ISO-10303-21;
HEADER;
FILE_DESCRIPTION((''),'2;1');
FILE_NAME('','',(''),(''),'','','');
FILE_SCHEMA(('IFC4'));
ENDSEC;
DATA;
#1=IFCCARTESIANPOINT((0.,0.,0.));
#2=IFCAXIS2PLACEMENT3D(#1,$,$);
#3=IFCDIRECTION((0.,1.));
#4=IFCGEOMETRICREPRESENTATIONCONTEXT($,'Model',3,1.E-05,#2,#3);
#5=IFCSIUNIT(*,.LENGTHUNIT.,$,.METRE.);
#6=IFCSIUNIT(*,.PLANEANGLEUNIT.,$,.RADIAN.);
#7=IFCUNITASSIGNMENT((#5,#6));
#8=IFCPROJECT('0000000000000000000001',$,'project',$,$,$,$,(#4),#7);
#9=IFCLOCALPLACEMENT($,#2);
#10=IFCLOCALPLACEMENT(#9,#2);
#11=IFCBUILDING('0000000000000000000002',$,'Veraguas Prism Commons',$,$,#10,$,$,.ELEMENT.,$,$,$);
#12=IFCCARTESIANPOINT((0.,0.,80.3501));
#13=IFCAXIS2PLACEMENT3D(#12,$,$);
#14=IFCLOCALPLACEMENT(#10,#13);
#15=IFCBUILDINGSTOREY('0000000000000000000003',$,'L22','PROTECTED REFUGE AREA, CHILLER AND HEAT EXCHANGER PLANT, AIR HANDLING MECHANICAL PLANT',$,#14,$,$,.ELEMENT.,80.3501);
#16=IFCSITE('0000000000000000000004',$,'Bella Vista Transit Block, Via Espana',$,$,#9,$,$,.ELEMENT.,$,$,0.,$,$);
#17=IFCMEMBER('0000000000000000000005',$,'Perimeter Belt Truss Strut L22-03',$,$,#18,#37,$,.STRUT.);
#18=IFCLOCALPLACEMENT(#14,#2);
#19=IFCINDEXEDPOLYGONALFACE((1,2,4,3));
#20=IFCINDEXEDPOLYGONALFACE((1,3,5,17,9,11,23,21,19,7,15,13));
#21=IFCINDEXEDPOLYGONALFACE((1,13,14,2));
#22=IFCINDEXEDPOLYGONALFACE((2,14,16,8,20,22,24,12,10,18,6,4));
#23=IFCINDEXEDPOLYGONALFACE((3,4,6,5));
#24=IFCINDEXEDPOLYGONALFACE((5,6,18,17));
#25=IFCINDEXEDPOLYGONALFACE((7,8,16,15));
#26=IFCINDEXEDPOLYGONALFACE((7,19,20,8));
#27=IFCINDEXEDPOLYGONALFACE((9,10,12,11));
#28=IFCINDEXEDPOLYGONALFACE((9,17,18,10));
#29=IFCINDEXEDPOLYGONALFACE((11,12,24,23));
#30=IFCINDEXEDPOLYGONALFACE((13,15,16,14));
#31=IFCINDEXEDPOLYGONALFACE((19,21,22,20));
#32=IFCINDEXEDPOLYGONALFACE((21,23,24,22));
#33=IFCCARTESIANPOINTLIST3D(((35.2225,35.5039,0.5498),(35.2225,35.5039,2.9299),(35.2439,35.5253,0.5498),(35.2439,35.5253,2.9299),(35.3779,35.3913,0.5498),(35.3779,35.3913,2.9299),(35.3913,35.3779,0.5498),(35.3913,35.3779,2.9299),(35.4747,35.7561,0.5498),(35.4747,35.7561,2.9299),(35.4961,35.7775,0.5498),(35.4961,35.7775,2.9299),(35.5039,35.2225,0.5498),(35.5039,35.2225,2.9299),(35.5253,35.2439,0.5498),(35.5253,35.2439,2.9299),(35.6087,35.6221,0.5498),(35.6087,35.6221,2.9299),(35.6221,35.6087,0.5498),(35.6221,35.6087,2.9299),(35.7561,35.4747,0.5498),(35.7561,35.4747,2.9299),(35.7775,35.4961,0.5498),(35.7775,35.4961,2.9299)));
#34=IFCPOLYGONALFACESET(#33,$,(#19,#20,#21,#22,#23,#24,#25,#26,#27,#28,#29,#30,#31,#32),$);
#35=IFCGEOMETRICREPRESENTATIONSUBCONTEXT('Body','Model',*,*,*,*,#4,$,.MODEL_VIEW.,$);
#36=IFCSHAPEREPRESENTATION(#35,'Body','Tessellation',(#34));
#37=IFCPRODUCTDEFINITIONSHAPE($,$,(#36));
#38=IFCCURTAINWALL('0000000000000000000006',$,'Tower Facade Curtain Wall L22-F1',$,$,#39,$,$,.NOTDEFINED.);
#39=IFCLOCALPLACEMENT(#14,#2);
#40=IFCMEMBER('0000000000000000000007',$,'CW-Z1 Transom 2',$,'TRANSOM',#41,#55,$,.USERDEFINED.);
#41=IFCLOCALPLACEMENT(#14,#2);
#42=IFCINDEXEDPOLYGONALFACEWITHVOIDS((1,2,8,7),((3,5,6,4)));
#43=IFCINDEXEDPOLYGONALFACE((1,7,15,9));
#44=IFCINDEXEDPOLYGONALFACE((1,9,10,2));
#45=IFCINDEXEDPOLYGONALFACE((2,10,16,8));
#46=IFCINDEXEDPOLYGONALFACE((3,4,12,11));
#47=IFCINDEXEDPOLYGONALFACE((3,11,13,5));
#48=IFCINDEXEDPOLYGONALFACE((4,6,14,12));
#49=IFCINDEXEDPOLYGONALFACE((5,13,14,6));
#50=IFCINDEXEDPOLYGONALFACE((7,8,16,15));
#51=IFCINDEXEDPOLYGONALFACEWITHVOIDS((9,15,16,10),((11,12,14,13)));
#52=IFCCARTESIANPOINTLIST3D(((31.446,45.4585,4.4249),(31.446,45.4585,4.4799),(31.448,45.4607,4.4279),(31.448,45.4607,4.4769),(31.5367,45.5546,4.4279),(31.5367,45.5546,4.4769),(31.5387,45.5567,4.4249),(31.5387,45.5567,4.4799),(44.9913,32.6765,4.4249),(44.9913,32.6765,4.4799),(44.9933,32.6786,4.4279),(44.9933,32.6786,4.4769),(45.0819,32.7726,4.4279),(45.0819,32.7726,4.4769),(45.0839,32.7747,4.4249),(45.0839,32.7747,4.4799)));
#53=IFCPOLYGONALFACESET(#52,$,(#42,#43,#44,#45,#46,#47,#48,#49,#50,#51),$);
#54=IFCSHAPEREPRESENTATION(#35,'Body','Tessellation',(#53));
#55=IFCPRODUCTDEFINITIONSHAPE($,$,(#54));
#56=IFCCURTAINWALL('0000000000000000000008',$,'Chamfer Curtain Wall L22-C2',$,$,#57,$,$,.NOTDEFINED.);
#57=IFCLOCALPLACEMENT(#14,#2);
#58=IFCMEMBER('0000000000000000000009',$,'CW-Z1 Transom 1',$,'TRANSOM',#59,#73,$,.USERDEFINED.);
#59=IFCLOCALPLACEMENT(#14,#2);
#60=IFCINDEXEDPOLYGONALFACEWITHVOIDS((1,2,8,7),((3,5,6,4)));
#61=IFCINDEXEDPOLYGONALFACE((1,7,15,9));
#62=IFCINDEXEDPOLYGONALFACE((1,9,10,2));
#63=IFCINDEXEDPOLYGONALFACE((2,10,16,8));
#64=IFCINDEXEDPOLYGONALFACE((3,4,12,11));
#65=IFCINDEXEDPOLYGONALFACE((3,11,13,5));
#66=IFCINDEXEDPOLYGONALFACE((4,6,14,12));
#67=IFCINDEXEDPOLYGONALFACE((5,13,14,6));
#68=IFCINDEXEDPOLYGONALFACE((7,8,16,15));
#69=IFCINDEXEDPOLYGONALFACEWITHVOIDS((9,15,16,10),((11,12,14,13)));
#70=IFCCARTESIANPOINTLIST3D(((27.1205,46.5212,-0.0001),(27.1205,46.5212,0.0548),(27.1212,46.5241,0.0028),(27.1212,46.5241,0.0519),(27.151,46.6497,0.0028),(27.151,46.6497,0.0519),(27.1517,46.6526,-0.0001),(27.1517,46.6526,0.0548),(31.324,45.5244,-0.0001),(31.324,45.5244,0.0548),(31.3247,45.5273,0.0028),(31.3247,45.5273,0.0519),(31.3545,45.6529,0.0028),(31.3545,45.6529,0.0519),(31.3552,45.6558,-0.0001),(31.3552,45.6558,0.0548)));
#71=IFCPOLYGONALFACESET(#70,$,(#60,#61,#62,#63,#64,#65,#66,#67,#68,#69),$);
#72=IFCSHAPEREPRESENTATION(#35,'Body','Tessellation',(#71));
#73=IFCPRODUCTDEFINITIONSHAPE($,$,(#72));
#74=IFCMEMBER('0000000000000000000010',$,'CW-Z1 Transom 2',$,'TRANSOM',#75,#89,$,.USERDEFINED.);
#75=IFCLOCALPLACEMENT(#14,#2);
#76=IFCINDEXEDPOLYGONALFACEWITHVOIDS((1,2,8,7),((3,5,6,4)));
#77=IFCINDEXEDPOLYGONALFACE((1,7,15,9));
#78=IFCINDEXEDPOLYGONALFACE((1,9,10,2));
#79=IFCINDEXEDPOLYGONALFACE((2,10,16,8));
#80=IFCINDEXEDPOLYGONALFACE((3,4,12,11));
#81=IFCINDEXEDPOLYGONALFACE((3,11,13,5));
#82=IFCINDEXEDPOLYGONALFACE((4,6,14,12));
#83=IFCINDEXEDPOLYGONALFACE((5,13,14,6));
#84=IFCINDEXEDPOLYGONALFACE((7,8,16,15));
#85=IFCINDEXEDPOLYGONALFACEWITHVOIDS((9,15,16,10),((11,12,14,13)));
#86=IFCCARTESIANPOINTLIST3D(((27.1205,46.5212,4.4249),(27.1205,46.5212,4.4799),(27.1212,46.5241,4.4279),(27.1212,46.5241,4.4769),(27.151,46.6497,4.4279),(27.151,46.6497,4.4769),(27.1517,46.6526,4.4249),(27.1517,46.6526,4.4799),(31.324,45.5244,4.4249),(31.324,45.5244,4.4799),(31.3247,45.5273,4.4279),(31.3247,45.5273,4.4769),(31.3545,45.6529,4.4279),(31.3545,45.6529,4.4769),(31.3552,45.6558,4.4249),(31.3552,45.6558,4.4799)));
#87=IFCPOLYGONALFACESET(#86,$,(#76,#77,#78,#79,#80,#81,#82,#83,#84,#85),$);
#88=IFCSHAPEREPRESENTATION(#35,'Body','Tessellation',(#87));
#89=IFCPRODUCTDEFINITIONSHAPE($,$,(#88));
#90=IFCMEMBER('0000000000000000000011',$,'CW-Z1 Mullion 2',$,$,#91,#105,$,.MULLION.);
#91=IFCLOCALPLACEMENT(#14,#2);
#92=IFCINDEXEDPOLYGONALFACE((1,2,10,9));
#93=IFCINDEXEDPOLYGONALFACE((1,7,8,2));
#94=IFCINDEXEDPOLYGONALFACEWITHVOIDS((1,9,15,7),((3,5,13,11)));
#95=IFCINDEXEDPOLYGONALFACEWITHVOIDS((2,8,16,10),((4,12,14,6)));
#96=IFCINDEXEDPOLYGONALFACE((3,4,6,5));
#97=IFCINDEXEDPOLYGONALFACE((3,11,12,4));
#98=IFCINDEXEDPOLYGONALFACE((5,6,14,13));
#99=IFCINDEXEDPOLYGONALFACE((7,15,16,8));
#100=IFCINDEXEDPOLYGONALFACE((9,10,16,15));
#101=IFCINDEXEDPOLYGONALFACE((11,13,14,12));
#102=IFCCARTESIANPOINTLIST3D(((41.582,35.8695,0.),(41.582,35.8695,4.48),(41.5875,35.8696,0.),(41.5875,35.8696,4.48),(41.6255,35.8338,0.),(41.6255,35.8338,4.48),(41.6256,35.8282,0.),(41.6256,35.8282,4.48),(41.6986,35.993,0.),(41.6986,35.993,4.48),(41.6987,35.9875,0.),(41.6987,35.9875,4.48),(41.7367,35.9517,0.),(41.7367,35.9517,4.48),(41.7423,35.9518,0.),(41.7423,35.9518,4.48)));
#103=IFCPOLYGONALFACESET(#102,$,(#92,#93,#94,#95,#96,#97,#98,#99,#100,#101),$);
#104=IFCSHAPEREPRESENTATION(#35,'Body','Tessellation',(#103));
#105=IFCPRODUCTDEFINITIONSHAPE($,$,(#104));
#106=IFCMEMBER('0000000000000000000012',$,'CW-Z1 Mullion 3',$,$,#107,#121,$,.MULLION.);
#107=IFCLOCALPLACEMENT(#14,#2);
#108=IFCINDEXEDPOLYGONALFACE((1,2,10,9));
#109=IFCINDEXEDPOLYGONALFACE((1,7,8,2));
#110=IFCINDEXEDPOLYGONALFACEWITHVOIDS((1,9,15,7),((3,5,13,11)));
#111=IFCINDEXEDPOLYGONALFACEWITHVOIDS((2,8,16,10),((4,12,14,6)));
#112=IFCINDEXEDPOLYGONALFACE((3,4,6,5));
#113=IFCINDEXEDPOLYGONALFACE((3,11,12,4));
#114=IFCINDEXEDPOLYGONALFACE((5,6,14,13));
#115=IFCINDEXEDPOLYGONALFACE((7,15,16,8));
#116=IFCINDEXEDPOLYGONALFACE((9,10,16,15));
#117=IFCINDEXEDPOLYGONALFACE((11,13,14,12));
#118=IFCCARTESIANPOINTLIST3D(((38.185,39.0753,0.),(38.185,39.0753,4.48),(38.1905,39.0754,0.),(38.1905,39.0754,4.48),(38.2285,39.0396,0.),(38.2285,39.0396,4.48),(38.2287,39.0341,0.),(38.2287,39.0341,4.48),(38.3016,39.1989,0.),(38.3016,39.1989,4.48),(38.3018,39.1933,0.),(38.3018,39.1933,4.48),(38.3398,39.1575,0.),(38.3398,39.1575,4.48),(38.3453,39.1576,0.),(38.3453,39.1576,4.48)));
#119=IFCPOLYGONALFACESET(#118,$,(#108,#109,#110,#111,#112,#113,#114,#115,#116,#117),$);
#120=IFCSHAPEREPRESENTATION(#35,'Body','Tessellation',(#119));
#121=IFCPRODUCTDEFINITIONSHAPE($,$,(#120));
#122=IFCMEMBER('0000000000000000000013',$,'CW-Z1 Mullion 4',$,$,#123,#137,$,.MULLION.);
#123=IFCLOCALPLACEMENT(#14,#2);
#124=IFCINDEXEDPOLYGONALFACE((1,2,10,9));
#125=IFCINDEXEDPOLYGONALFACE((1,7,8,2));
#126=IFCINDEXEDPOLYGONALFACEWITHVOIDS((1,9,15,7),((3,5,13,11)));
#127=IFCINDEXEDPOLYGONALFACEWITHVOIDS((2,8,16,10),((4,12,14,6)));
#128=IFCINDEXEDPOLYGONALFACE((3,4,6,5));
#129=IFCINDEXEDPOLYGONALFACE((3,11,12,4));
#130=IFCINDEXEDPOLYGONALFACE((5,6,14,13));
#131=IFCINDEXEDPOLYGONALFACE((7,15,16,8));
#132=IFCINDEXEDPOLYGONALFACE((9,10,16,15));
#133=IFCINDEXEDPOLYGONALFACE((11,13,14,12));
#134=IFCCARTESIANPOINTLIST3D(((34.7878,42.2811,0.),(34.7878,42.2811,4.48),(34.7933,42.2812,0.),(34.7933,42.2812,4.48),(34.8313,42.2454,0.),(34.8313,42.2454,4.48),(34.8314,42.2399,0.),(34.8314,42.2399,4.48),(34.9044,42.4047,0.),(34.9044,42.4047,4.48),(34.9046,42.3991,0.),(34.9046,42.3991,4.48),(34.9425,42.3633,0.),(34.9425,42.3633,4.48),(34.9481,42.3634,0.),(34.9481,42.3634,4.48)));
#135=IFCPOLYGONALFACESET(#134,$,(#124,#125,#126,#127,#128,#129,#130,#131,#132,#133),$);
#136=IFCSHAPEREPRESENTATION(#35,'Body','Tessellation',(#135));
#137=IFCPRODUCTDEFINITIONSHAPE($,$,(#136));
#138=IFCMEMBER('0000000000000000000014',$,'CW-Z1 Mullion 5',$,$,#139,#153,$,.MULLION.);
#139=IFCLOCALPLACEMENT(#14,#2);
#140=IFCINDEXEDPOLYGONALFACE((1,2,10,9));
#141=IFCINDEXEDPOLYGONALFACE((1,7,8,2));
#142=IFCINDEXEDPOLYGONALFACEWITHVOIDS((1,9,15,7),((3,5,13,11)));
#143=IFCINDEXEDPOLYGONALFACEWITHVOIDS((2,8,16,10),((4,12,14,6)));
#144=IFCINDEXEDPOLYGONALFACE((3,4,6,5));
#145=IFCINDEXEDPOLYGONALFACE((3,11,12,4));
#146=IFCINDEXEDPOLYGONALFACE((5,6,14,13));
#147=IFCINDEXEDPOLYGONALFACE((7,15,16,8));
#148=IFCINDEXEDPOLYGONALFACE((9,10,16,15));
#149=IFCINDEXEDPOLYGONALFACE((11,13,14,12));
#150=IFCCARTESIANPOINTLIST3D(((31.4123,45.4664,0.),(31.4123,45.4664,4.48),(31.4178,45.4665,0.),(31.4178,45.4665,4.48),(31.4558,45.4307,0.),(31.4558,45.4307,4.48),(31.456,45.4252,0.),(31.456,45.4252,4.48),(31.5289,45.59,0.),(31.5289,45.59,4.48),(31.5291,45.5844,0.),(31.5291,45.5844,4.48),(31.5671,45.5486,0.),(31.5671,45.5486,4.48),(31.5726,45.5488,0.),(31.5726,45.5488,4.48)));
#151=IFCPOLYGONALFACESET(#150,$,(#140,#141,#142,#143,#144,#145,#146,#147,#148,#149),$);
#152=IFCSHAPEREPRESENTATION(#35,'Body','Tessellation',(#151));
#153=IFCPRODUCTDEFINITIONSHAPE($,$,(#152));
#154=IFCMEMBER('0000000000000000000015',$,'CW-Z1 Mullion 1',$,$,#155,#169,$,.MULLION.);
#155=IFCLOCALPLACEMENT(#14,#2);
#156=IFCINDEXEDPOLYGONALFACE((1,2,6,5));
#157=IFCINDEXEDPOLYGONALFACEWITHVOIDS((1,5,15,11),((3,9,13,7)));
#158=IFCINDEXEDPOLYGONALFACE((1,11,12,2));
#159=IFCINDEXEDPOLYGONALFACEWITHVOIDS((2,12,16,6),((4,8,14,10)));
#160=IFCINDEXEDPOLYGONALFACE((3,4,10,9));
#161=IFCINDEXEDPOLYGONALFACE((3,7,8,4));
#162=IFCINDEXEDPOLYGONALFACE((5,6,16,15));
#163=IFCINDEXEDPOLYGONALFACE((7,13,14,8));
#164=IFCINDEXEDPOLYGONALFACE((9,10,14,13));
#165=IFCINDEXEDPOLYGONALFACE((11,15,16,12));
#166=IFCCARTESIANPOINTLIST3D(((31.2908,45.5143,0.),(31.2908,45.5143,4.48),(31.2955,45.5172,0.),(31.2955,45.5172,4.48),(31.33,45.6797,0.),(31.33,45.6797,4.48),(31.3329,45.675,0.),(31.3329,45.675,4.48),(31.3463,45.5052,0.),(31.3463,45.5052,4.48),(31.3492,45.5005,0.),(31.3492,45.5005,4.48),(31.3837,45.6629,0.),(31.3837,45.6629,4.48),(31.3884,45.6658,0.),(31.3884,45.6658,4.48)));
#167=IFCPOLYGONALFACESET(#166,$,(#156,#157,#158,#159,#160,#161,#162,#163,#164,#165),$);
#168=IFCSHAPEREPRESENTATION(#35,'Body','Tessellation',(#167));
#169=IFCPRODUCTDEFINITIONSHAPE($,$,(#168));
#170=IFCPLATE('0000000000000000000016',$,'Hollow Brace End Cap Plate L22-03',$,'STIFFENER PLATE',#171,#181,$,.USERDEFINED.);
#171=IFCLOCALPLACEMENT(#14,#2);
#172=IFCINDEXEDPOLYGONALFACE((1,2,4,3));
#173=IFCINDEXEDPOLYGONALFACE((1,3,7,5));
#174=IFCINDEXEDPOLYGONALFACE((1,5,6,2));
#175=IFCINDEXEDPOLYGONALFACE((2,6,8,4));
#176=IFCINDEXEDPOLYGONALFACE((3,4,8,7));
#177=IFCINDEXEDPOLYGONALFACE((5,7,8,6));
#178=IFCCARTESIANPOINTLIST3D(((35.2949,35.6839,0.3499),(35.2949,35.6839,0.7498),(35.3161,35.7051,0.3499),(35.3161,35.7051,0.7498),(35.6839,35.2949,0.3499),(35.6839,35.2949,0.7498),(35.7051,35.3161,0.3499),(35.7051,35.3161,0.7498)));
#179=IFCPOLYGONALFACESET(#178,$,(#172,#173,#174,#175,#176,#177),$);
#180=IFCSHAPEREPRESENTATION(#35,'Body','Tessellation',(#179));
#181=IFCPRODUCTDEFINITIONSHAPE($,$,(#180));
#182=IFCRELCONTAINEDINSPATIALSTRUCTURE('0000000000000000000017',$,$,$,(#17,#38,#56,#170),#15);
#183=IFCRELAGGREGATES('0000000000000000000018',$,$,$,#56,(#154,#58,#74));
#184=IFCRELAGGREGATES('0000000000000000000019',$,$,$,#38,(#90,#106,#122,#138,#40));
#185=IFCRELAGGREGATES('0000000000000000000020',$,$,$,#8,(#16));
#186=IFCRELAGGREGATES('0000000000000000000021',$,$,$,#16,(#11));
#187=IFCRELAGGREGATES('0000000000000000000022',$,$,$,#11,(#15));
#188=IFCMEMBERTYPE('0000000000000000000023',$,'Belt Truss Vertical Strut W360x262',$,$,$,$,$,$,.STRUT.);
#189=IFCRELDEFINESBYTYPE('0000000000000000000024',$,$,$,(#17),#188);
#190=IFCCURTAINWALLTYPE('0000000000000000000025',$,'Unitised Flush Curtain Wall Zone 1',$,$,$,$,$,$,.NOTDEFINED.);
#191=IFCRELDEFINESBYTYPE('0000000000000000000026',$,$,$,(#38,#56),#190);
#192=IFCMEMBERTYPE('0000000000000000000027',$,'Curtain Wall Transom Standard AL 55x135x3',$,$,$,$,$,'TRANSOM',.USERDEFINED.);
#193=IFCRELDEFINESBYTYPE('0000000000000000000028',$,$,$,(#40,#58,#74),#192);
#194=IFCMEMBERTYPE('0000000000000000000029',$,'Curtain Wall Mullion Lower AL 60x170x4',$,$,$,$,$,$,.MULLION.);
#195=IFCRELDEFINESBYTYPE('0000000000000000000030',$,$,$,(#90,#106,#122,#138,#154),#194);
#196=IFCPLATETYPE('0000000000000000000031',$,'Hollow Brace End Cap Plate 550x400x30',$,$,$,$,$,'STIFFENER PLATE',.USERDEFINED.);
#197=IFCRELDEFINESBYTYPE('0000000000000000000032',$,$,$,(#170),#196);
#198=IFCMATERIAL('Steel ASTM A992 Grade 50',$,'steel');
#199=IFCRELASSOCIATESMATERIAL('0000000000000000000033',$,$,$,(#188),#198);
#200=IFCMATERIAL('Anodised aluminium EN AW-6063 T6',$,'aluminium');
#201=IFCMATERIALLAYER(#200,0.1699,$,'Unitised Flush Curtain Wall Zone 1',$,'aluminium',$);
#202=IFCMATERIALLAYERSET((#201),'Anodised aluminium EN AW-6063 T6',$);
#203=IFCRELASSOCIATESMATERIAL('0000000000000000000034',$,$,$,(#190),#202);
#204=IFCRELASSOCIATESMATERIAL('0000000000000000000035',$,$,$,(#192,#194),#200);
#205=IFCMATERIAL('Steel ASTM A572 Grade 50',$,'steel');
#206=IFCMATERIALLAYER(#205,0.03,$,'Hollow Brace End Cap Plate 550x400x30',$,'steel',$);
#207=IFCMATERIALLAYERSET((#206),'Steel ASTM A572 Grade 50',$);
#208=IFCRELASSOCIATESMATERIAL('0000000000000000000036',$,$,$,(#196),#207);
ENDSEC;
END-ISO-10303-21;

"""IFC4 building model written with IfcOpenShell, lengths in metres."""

from ifc_helpers import new_model, si_unit, direction, frame, origin, origin_2d, place, context, subcontext, project, spatial, rectangle, hollow_rectangle, i_section, extrude, source, transform, mapped, material, layer, layer_set, material_profile, profile_set, type_object, element, aggregate, save


model = new_model("IFC4")

# Units and contexts
model_context = context("Model", 3, precision=1e-05, world=origin(), true_north=direction((0.0, 1.0)))
body_context = subcontext(model_context, "Body", "Model", "MODEL_VIEW")
ifc_project = project(units=[si_unit("LENGTHUNIT", "METRE"), si_unit("PLANEANGLEUNIT", "RADIAN")], contexts=[model_context])

# Site, building, storey
site_placement = place(None, origin())
site = spatial("IfcSite", under=ifc_project, at=site_placement, Name="Bella Vista Transit Block, Via Espana", CompositionType="ELEMENT", RefElevation=0.0)
building_placement = place(site_placement, origin())
building = spatial("IfcBuilding", under=site, at=building_placement, Name="Veraguas Prism Commons", CompositionType="ELEMENT")
storey_placement = place(building_placement, frame((0.0, 0.0, 80.3501)))
storey = spatial("IfcBuildingStorey", under=building, at=storey_placement, Name="L22", Description="PROTECTED REFUGE AREA, CHILLER AND HEAT EXCHANGER PLANT, AIR HANDLING MECHANICAL PLANT", CompositionType="ELEMENT", Elevation=80.3501)

# Member
ifc_material_1 = material(Name="Steel ASTM A992 Grade 50", Category="steel")
ifc_material_profile_1 = material_profile(ifc_material_1, i_section(OverallWidth=0.3979, OverallDepth=0.387, WebThickness=0.019, FlangeThickness=0.0303, at=origin_2d()), Name="W360X262")
ifc_profile_set_1 = profile_set([ifc_material_profile_1], Name="Steel ASTM A992 Grade 50")
member_type_1 = type_object("IfcMemberType", Name="Belt Truss Vertical Strut W360x262", PredefinedType="STRUT", material=ifc_profile_set_1)
member_1_placement = place(storey_placement, frame((35.5, 35.5, 0.5498), z_axis=(0.0, 0.0, 1.0), x_axis=(-0.707107, 0.707107, 0.0)))
element("IfcMember", 1, at=member_1_placement, inside=storey, type_object=member_type_1, Name="Perimeter Belt Truss Strut L22-03", PredefinedType="STRUT", context=body_context, shape_type="SweptSolid", body=[
    extrude(i_section(OverallWidth=0.3979, OverallDepth=0.387, WebThickness=0.019, FlangeThickness=0.0303, at=origin_2d()), origin(), (0.0, 0.0, 1.0), 2.3801),
])

# Curtain wall, member
ifc_material_2 = material(Name="Anodised aluminium EN AW-6063 T6", Category="aluminium")
ifc_layer_1 = layer(ifc_material_2, 0.1699, Name="Unitised Flush Curtain Wall Zone 1", Category="aluminium")
ifc_layer_set_1 = layer_set([ifc_layer_1], Name="Anodised aluminium EN AW-6063 T6")
curtain_wall_type = type_object("IfcCurtainWallType", Name="Unitised Flush Curtain Wall Zone 1", PredefinedType="NOTDEFINED", material=ifc_layer_set_1)
curtain_wall_1_placement = place(storey_placement, origin())
curtain_wall_1 = element("IfcCurtainWall", 2, at=curtain_wall_1_placement, inside=storey, type_object=curtain_wall_type, Name="Tower Facade Curtain Wall L22-F1", PredefinedType="NOTDEFINED")
ifc_material_profile_2 = material_profile(ifc_material_2, hollow_rectangle(XDim=0.0549, YDim=0.135, WallThickness=0.0029, at=origin_2d()), Name="AL55X135X3")
ifc_profile_set_2 = profile_set([ifc_material_profile_2], Name="Anodised aluminium EN AW-6063 T6")
member_type_2 = type_object("IfcMemberType", Name="Curtain Wall Transom Standard AL 55x135x3", ElementType="TRANSOM", PredefinedType="USERDEFINED", material=ifc_profile_set_2)
shared_shape_1 = source(origin(), body_context, "Body", "SweptSolid", [
    extrude(hollow_rectangle(XDim=0.0549, YDim=0.135, WallThickness=0.0029, at=origin_2d()), origin(), (0.0, 0.0, 1.0), 18.624),
])
member_2_placement = place(storey_placement, frame((45.0376, 32.7256, 4.4524), z_axis=(-0.727299, 0.686321, 0.0), x_axis=(0.0, 0.0, 1.0)))
member_2 = element("IfcMember", 3, at=member_2_placement, type_object=member_type_2, Name="CW-Z1 Transom 2", ObjectType="TRANSOM", PredefinedType="USERDEFINED", context=body_context, shape_type="MappedRepresentation", body=[
    mapped(shared_shape_1, transform((0.0, 0.0, 0.0), scale=1.0)),
])

# Curtain wall, members
curtain_wall_2_placement = place(storey_placement, origin())
curtain_wall_2 = element("IfcCurtainWall", 4, at=curtain_wall_2_placement, inside=storey, type_object=curtain_wall_type, Name="Chamfer Curtain Wall L22-C2", PredefinedType="NOTDEFINED")
shared_shape_2 = source(origin(), body_context, "Body", "SweptSolid", [
    extrude(hollow_rectangle(XDim=0.0549, YDim=0.135, WallThickness=0.0029, at=origin_2d()), origin(), (0.0, 0.0, 1.0), 4.3201),
])
member_3_placement = place(storey_placement, frame((31.3396, 45.5901, 0.0273), z_axis=(-0.973016, 0.230737, 0.0), x_axis=(0.0, 0.0, 1.0)))
member_3 = element("IfcMember", 5, at=member_3_placement, type_object=member_type_2, Name="CW-Z1 Transom 1", ObjectType="TRANSOM", PredefinedType="USERDEFINED", context=body_context, shape_type="MappedRepresentation", body=[
    mapped(shared_shape_2, transform((0.0, 0.0, 0.0), scale=1.0)),
])
member_4_placement = place(storey_placement, frame((31.3396, 45.5901, 4.4524), z_axis=(-0.973016, 0.230737, 0.0), x_axis=(0.0, 0.0, 1.0)))
member_4 = element("IfcMember", 6, at=member_4_placement, type_object=member_type_2, Name="CW-Z1 Transom 2", ObjectType="TRANSOM", PredefinedType="USERDEFINED", context=body_context, shape_type="MappedRepresentation", body=[
    mapped(shared_shape_2, transform((0.0, 0.0, 0.0), scale=1.0)),
])

# Members
ifc_material_profile_3 = material_profile(ifc_material_2, hollow_rectangle(XDim=0.0601, YDim=0.1699, WallThickness=0.0039, at=origin_2d()), Name="AL60X170X4")
ifc_profile_set_3 = profile_set([ifc_material_profile_3], Name="Anodised aluminium EN AW-6063 T6")
member_type_3 = type_object("IfcMemberType", Name="Curtain Wall Mullion Lower AL 60x170x4", PredefinedType="MULLION", material=ifc_profile_set_3)
shared_shape_3 = source(origin(), body_context, "Body", "SweptSolid", [
    extrude(hollow_rectangle(XDim=0.0601, YDim=0.1699, WallThickness=0.0039, at=origin_2d()), origin(), (0.0, 0.0, 1.0), 4.48),
])
member_5_placement = place(storey_placement, frame((41.6621, 35.9106, 0.0), z_axis=(0.0, 0.0, 1.0), x_axis=(-0.727295, 0.686325, 0.0)))
member_5 = element("IfcMember", 7, at=member_5_placement, type_object=member_type_3, Name="CW-Z1 Mullion 2", PredefinedType="MULLION", context=body_context, shape_type="MappedRepresentation", body=[
    mapped(shared_shape_3, transform((0.0, 0.0, 0.0), scale=1.0)),
])
member_6_placement = place(storey_placement, frame((38.2651, 39.1165, 0.0), z_axis=(0.0, 0.0, 1.0), x_axis=(-0.727295, 0.686325, 0.0)))
member_6 = element("IfcMember", 8, at=member_6_placement, type_object=member_type_3, Name="CW-Z1 Mullion 3", PredefinedType="MULLION", context=body_context, shape_type="MappedRepresentation", body=[
    mapped(shared_shape_3, transform((0.0, 0.0, 0.0), scale=1.0)),
])
member_7_placement = place(storey_placement, frame((34.8679, 42.3223, 0.0), z_axis=(0.0, 0.0, 1.0), x_axis=(-0.727295, 0.686325, 0.0)))
member_7 = element("IfcMember", 9, at=member_7_placement, type_object=member_type_3, Name="CW-Z1 Mullion 4", PredefinedType="MULLION", context=body_context, shape_type="MappedRepresentation", body=[
    mapped(shared_shape_3, transform((0.0, 0.0, 0.0), scale=1.0)),
])
member_8_placement = place(storey_placement, frame((31.4924, 45.5076, 0.0), z_axis=(0.0, 0.0, 1.0), x_axis=(-0.727295, 0.686325, 0.0)))
member_8 = element("IfcMember", 10, at=member_8_placement, type_object=member_type_3, Name="CW-Z1 Mullion 5", PredefinedType="MULLION", context=body_context, shape_type="MappedRepresentation", body=[
    mapped(shared_shape_3, transform((0.0, 0.0, 0.0), scale=1.0)),
])
member_9_placement = place(storey_placement, frame((31.3396, 45.5901, 0.0), z_axis=(0.0, 0.0, 1.0), x_axis=(-0.973012, 0.230753, 0.0)))
member_9 = element("IfcMember", 11, at=member_9_placement, type_object=member_type_3, Name="CW-Z1 Mullion 1", PredefinedType="MULLION", context=body_context, shape_type="MappedRepresentation", body=[
    mapped(shared_shape_3, transform((0.0, 0.0, 0.0), scale=1.0)),
])
aggregate(curtain_wall_2, [member_9, member_3, member_4])

# Plate
ifc_material_3 = material(Name="Steel ASTM A572 Grade 50", Category="steel")
ifc_layer_2 = layer(ifc_material_3, 0.03, Name="Hollow Brace End Cap Plate 550x400x30", Category="steel")
ifc_layer_set_2 = layer_set([ifc_layer_2], Name="Steel ASTM A572 Grade 50")
plate_type_1 = type_object("IfcPlateType", Name="Hollow Brace End Cap Plate 550x400x30", ElementType="STIFFENER PLATE", PredefinedType="USERDEFINED", material=ifc_layer_set_2)
shared_shape_4 = source(origin(), body_context, "Body", "SweptSolid", [
    extrude(rectangle(XDim=0.55, YDim=0.03, at=origin_2d()), origin(), (0.0, 0.0, 1.0), 0.3999),
])
plate_1_placement = place(storey_placement, frame((35.5, 35.5, 0.3499), z_axis=(0.0, 0.0, 1.0), x_axis=(-0.707107, 0.707107, 0.0)))
element("IfcPlate", 12, at=plate_1_placement, inside=storey, type_object=plate_type_1, Name="Hollow Brace End Cap Plate L22-03", ObjectType="STIFFENER PLATE", PredefinedType="USERDEFINED", context=body_context, shape_type="MappedRepresentation", body=[
    mapped(shared_shape_4, transform((0.0, 0.0, 0.0), scale=1.0)),
])

aggregate(curtain_wall_1, [member_5, member_6, member_7, member_8, member_2])

save(model, "model.ifc")
